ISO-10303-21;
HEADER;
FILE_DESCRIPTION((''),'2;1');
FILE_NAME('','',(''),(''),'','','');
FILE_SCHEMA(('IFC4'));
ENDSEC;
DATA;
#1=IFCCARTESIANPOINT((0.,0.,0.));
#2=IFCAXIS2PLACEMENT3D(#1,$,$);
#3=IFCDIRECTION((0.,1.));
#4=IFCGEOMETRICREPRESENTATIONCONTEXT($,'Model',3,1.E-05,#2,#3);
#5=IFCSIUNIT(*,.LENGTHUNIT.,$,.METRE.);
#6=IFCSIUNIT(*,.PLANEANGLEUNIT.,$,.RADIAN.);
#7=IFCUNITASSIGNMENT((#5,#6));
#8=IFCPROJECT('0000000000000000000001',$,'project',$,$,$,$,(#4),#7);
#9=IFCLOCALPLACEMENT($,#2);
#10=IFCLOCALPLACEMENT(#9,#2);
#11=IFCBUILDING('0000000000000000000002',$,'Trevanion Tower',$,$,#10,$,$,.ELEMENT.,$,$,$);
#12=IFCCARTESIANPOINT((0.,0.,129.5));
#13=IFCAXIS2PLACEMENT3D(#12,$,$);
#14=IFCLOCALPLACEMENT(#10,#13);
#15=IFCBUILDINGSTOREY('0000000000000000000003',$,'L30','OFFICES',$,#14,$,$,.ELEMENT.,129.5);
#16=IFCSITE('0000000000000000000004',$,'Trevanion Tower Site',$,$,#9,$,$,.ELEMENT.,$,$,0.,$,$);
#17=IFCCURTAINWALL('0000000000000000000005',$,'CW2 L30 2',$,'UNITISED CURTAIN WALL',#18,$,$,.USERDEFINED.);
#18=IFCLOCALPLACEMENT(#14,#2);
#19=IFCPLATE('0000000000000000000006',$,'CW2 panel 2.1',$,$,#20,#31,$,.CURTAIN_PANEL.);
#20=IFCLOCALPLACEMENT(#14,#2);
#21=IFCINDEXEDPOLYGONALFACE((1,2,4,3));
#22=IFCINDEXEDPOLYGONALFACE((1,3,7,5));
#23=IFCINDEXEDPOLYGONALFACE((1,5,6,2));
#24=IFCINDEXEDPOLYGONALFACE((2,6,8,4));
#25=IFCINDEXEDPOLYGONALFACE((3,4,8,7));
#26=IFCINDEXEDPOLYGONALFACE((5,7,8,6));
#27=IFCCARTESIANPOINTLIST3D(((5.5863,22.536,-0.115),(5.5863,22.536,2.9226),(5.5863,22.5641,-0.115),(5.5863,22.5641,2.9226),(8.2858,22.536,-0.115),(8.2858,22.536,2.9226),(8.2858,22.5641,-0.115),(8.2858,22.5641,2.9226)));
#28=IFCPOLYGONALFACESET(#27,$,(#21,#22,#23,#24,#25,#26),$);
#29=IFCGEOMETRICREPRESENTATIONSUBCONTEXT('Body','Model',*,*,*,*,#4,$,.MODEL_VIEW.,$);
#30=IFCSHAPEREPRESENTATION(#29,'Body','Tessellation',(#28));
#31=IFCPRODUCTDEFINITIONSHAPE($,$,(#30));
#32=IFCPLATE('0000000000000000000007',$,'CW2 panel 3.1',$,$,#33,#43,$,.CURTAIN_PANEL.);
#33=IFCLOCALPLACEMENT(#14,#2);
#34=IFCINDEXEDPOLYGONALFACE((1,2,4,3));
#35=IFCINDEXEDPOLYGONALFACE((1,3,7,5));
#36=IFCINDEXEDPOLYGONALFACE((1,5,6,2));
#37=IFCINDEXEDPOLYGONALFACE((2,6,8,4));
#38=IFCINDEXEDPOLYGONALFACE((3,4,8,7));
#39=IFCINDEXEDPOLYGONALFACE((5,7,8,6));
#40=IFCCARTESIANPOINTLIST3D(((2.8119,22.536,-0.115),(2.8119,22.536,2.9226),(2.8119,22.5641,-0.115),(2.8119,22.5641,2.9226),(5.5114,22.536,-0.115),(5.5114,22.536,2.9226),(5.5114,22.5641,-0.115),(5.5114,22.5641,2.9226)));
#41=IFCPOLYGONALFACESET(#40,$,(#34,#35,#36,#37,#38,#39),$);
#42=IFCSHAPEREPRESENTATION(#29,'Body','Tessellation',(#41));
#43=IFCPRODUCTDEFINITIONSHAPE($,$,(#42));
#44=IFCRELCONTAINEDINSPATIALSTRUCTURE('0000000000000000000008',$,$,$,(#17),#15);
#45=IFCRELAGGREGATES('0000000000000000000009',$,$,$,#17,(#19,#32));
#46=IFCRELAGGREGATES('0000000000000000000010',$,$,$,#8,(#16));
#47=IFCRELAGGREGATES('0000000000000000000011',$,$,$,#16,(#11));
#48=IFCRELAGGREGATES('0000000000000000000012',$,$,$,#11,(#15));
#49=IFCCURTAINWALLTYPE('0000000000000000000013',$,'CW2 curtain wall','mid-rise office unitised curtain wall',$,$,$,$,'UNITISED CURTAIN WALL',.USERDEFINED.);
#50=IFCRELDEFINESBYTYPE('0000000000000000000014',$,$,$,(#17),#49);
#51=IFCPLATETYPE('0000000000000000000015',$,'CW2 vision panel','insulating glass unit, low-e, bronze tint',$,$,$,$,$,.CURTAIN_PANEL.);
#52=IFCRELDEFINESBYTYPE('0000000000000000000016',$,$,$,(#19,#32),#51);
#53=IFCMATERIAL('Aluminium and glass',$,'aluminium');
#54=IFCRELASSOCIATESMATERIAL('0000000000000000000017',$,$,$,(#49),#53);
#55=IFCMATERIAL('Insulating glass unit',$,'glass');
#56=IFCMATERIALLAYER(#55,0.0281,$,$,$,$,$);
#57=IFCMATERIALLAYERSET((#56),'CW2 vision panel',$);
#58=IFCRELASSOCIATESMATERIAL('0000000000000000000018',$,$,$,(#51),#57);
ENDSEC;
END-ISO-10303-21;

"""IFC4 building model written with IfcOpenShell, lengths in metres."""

from ifc_helpers import new_model, si_unit, direction, frame, origin, origin_2d, place, context, subcontext, project, spatial, rectangle, extrude, material, layer, layer_set, type_object, element, aggregate, save


model = new_model("IFC4")

# Units and contexts
model_context = context("Model", 3, precision=1e-05, world=origin(), true_north=direction((0.0, 1.0)))
body_context = subcontext(model_context, "Body", "Model", "MODEL_VIEW")
ifc_project = project(units=[si_unit("LENGTHUNIT", "METRE"), si_unit("PLANEANGLEUNIT", "RADIAN")], contexts=[model_context])

# Site, building, storey
site_placement = place(None, origin())
site = spatial("IfcSite", under=ifc_project, at=site_placement, Name="Trevanion Tower Site", CompositionType="ELEMENT", RefElevation=0.0)
building_placement = place(site_placement, origin())
building = spatial("IfcBuilding", under=site, at=building_placement, Name="Trevanion Tower", CompositionType="ELEMENT")
storey_placement = place(building_placement, frame((0.0, 0.0, 129.5)))
storey = spatial("IfcBuildingStorey", under=building, at=storey_placement, Name="L30", Description="OFFICES", CompositionType="ELEMENT", Elevation=129.5)

# Curtain wall, plates
ifc_material_1 = material(Name="Aluminium and glass", Category="aluminium")
curtain_wall_type = type_object("IfcCurtainWallType", Name="CW2 curtain wall", Description="mid-rise office unitised curtain wall", ElementType="UNITISED CURTAIN WALL", PredefinedType="USERDEFINED", material=ifc_material_1)
curtain_wall_placement = place(storey_placement, origin())
curtain_wall = element("IfcCurtainWall", 1, at=curtain_wall_placement, inside=storey, type_object=curtain_wall_type, Name="CW2 L30 2", ObjectType="UNITISED CURTAIN WALL", PredefinedType="USERDEFINED")
ifc_material_2 = material(Name="Insulating glass unit", Category="glass")
ifc_layer_1 = layer(ifc_material_2, 0.0281)
ifc_layer_set_1 = layer_set([ifc_layer_1], Name="CW2 vision panel")
plate_type_1 = type_object("IfcPlateType", Name="CW2 vision panel", Description="insulating glass unit, low-e, bronze tint", PredefinedType="CURTAIN_PANEL", material=ifc_layer_set_1)
plate_1_placement = place(storey_placement, frame((6.936, 22.55, -0.115), z_axis=(0.0, 0.0, 1.0), x_axis=(-1.0, 0.0, 0.0)))
plate_1 = element("IfcPlate", 2, at=plate_1_placement, type_object=plate_type_1, Name="CW2 panel 2.1", PredefinedType="CURTAIN_PANEL", context=body_context, shape_type="SweptSolid", body=[
    extrude(rectangle(XDim=2.6995, YDim=0.0281, at=origin_2d()), origin(), (0.0, 0.0, 1.0), 3.0376),
])
plate_2_placement = place(storey_placement, frame((4.1616, 22.55, -0.115), z_axis=(0.0, 0.0, 1.0), x_axis=(-1.0, 0.0, 0.0)))
plate_2 = element("IfcPlate", 3, at=plate_2_placement, type_object=plate_type_1, Name="CW2 panel 3.1", PredefinedType="CURTAIN_PANEL", context=body_context, shape_type="SweptSolid", body=[
    extrude(rectangle(XDim=2.6995, YDim=0.0281, at=origin_2d()), origin(), (0.0, 0.0, 1.0), 3.0376),
])
aggregate(curtain_wall, [plate_1, plate_2])

save(model, "model.ifc")
